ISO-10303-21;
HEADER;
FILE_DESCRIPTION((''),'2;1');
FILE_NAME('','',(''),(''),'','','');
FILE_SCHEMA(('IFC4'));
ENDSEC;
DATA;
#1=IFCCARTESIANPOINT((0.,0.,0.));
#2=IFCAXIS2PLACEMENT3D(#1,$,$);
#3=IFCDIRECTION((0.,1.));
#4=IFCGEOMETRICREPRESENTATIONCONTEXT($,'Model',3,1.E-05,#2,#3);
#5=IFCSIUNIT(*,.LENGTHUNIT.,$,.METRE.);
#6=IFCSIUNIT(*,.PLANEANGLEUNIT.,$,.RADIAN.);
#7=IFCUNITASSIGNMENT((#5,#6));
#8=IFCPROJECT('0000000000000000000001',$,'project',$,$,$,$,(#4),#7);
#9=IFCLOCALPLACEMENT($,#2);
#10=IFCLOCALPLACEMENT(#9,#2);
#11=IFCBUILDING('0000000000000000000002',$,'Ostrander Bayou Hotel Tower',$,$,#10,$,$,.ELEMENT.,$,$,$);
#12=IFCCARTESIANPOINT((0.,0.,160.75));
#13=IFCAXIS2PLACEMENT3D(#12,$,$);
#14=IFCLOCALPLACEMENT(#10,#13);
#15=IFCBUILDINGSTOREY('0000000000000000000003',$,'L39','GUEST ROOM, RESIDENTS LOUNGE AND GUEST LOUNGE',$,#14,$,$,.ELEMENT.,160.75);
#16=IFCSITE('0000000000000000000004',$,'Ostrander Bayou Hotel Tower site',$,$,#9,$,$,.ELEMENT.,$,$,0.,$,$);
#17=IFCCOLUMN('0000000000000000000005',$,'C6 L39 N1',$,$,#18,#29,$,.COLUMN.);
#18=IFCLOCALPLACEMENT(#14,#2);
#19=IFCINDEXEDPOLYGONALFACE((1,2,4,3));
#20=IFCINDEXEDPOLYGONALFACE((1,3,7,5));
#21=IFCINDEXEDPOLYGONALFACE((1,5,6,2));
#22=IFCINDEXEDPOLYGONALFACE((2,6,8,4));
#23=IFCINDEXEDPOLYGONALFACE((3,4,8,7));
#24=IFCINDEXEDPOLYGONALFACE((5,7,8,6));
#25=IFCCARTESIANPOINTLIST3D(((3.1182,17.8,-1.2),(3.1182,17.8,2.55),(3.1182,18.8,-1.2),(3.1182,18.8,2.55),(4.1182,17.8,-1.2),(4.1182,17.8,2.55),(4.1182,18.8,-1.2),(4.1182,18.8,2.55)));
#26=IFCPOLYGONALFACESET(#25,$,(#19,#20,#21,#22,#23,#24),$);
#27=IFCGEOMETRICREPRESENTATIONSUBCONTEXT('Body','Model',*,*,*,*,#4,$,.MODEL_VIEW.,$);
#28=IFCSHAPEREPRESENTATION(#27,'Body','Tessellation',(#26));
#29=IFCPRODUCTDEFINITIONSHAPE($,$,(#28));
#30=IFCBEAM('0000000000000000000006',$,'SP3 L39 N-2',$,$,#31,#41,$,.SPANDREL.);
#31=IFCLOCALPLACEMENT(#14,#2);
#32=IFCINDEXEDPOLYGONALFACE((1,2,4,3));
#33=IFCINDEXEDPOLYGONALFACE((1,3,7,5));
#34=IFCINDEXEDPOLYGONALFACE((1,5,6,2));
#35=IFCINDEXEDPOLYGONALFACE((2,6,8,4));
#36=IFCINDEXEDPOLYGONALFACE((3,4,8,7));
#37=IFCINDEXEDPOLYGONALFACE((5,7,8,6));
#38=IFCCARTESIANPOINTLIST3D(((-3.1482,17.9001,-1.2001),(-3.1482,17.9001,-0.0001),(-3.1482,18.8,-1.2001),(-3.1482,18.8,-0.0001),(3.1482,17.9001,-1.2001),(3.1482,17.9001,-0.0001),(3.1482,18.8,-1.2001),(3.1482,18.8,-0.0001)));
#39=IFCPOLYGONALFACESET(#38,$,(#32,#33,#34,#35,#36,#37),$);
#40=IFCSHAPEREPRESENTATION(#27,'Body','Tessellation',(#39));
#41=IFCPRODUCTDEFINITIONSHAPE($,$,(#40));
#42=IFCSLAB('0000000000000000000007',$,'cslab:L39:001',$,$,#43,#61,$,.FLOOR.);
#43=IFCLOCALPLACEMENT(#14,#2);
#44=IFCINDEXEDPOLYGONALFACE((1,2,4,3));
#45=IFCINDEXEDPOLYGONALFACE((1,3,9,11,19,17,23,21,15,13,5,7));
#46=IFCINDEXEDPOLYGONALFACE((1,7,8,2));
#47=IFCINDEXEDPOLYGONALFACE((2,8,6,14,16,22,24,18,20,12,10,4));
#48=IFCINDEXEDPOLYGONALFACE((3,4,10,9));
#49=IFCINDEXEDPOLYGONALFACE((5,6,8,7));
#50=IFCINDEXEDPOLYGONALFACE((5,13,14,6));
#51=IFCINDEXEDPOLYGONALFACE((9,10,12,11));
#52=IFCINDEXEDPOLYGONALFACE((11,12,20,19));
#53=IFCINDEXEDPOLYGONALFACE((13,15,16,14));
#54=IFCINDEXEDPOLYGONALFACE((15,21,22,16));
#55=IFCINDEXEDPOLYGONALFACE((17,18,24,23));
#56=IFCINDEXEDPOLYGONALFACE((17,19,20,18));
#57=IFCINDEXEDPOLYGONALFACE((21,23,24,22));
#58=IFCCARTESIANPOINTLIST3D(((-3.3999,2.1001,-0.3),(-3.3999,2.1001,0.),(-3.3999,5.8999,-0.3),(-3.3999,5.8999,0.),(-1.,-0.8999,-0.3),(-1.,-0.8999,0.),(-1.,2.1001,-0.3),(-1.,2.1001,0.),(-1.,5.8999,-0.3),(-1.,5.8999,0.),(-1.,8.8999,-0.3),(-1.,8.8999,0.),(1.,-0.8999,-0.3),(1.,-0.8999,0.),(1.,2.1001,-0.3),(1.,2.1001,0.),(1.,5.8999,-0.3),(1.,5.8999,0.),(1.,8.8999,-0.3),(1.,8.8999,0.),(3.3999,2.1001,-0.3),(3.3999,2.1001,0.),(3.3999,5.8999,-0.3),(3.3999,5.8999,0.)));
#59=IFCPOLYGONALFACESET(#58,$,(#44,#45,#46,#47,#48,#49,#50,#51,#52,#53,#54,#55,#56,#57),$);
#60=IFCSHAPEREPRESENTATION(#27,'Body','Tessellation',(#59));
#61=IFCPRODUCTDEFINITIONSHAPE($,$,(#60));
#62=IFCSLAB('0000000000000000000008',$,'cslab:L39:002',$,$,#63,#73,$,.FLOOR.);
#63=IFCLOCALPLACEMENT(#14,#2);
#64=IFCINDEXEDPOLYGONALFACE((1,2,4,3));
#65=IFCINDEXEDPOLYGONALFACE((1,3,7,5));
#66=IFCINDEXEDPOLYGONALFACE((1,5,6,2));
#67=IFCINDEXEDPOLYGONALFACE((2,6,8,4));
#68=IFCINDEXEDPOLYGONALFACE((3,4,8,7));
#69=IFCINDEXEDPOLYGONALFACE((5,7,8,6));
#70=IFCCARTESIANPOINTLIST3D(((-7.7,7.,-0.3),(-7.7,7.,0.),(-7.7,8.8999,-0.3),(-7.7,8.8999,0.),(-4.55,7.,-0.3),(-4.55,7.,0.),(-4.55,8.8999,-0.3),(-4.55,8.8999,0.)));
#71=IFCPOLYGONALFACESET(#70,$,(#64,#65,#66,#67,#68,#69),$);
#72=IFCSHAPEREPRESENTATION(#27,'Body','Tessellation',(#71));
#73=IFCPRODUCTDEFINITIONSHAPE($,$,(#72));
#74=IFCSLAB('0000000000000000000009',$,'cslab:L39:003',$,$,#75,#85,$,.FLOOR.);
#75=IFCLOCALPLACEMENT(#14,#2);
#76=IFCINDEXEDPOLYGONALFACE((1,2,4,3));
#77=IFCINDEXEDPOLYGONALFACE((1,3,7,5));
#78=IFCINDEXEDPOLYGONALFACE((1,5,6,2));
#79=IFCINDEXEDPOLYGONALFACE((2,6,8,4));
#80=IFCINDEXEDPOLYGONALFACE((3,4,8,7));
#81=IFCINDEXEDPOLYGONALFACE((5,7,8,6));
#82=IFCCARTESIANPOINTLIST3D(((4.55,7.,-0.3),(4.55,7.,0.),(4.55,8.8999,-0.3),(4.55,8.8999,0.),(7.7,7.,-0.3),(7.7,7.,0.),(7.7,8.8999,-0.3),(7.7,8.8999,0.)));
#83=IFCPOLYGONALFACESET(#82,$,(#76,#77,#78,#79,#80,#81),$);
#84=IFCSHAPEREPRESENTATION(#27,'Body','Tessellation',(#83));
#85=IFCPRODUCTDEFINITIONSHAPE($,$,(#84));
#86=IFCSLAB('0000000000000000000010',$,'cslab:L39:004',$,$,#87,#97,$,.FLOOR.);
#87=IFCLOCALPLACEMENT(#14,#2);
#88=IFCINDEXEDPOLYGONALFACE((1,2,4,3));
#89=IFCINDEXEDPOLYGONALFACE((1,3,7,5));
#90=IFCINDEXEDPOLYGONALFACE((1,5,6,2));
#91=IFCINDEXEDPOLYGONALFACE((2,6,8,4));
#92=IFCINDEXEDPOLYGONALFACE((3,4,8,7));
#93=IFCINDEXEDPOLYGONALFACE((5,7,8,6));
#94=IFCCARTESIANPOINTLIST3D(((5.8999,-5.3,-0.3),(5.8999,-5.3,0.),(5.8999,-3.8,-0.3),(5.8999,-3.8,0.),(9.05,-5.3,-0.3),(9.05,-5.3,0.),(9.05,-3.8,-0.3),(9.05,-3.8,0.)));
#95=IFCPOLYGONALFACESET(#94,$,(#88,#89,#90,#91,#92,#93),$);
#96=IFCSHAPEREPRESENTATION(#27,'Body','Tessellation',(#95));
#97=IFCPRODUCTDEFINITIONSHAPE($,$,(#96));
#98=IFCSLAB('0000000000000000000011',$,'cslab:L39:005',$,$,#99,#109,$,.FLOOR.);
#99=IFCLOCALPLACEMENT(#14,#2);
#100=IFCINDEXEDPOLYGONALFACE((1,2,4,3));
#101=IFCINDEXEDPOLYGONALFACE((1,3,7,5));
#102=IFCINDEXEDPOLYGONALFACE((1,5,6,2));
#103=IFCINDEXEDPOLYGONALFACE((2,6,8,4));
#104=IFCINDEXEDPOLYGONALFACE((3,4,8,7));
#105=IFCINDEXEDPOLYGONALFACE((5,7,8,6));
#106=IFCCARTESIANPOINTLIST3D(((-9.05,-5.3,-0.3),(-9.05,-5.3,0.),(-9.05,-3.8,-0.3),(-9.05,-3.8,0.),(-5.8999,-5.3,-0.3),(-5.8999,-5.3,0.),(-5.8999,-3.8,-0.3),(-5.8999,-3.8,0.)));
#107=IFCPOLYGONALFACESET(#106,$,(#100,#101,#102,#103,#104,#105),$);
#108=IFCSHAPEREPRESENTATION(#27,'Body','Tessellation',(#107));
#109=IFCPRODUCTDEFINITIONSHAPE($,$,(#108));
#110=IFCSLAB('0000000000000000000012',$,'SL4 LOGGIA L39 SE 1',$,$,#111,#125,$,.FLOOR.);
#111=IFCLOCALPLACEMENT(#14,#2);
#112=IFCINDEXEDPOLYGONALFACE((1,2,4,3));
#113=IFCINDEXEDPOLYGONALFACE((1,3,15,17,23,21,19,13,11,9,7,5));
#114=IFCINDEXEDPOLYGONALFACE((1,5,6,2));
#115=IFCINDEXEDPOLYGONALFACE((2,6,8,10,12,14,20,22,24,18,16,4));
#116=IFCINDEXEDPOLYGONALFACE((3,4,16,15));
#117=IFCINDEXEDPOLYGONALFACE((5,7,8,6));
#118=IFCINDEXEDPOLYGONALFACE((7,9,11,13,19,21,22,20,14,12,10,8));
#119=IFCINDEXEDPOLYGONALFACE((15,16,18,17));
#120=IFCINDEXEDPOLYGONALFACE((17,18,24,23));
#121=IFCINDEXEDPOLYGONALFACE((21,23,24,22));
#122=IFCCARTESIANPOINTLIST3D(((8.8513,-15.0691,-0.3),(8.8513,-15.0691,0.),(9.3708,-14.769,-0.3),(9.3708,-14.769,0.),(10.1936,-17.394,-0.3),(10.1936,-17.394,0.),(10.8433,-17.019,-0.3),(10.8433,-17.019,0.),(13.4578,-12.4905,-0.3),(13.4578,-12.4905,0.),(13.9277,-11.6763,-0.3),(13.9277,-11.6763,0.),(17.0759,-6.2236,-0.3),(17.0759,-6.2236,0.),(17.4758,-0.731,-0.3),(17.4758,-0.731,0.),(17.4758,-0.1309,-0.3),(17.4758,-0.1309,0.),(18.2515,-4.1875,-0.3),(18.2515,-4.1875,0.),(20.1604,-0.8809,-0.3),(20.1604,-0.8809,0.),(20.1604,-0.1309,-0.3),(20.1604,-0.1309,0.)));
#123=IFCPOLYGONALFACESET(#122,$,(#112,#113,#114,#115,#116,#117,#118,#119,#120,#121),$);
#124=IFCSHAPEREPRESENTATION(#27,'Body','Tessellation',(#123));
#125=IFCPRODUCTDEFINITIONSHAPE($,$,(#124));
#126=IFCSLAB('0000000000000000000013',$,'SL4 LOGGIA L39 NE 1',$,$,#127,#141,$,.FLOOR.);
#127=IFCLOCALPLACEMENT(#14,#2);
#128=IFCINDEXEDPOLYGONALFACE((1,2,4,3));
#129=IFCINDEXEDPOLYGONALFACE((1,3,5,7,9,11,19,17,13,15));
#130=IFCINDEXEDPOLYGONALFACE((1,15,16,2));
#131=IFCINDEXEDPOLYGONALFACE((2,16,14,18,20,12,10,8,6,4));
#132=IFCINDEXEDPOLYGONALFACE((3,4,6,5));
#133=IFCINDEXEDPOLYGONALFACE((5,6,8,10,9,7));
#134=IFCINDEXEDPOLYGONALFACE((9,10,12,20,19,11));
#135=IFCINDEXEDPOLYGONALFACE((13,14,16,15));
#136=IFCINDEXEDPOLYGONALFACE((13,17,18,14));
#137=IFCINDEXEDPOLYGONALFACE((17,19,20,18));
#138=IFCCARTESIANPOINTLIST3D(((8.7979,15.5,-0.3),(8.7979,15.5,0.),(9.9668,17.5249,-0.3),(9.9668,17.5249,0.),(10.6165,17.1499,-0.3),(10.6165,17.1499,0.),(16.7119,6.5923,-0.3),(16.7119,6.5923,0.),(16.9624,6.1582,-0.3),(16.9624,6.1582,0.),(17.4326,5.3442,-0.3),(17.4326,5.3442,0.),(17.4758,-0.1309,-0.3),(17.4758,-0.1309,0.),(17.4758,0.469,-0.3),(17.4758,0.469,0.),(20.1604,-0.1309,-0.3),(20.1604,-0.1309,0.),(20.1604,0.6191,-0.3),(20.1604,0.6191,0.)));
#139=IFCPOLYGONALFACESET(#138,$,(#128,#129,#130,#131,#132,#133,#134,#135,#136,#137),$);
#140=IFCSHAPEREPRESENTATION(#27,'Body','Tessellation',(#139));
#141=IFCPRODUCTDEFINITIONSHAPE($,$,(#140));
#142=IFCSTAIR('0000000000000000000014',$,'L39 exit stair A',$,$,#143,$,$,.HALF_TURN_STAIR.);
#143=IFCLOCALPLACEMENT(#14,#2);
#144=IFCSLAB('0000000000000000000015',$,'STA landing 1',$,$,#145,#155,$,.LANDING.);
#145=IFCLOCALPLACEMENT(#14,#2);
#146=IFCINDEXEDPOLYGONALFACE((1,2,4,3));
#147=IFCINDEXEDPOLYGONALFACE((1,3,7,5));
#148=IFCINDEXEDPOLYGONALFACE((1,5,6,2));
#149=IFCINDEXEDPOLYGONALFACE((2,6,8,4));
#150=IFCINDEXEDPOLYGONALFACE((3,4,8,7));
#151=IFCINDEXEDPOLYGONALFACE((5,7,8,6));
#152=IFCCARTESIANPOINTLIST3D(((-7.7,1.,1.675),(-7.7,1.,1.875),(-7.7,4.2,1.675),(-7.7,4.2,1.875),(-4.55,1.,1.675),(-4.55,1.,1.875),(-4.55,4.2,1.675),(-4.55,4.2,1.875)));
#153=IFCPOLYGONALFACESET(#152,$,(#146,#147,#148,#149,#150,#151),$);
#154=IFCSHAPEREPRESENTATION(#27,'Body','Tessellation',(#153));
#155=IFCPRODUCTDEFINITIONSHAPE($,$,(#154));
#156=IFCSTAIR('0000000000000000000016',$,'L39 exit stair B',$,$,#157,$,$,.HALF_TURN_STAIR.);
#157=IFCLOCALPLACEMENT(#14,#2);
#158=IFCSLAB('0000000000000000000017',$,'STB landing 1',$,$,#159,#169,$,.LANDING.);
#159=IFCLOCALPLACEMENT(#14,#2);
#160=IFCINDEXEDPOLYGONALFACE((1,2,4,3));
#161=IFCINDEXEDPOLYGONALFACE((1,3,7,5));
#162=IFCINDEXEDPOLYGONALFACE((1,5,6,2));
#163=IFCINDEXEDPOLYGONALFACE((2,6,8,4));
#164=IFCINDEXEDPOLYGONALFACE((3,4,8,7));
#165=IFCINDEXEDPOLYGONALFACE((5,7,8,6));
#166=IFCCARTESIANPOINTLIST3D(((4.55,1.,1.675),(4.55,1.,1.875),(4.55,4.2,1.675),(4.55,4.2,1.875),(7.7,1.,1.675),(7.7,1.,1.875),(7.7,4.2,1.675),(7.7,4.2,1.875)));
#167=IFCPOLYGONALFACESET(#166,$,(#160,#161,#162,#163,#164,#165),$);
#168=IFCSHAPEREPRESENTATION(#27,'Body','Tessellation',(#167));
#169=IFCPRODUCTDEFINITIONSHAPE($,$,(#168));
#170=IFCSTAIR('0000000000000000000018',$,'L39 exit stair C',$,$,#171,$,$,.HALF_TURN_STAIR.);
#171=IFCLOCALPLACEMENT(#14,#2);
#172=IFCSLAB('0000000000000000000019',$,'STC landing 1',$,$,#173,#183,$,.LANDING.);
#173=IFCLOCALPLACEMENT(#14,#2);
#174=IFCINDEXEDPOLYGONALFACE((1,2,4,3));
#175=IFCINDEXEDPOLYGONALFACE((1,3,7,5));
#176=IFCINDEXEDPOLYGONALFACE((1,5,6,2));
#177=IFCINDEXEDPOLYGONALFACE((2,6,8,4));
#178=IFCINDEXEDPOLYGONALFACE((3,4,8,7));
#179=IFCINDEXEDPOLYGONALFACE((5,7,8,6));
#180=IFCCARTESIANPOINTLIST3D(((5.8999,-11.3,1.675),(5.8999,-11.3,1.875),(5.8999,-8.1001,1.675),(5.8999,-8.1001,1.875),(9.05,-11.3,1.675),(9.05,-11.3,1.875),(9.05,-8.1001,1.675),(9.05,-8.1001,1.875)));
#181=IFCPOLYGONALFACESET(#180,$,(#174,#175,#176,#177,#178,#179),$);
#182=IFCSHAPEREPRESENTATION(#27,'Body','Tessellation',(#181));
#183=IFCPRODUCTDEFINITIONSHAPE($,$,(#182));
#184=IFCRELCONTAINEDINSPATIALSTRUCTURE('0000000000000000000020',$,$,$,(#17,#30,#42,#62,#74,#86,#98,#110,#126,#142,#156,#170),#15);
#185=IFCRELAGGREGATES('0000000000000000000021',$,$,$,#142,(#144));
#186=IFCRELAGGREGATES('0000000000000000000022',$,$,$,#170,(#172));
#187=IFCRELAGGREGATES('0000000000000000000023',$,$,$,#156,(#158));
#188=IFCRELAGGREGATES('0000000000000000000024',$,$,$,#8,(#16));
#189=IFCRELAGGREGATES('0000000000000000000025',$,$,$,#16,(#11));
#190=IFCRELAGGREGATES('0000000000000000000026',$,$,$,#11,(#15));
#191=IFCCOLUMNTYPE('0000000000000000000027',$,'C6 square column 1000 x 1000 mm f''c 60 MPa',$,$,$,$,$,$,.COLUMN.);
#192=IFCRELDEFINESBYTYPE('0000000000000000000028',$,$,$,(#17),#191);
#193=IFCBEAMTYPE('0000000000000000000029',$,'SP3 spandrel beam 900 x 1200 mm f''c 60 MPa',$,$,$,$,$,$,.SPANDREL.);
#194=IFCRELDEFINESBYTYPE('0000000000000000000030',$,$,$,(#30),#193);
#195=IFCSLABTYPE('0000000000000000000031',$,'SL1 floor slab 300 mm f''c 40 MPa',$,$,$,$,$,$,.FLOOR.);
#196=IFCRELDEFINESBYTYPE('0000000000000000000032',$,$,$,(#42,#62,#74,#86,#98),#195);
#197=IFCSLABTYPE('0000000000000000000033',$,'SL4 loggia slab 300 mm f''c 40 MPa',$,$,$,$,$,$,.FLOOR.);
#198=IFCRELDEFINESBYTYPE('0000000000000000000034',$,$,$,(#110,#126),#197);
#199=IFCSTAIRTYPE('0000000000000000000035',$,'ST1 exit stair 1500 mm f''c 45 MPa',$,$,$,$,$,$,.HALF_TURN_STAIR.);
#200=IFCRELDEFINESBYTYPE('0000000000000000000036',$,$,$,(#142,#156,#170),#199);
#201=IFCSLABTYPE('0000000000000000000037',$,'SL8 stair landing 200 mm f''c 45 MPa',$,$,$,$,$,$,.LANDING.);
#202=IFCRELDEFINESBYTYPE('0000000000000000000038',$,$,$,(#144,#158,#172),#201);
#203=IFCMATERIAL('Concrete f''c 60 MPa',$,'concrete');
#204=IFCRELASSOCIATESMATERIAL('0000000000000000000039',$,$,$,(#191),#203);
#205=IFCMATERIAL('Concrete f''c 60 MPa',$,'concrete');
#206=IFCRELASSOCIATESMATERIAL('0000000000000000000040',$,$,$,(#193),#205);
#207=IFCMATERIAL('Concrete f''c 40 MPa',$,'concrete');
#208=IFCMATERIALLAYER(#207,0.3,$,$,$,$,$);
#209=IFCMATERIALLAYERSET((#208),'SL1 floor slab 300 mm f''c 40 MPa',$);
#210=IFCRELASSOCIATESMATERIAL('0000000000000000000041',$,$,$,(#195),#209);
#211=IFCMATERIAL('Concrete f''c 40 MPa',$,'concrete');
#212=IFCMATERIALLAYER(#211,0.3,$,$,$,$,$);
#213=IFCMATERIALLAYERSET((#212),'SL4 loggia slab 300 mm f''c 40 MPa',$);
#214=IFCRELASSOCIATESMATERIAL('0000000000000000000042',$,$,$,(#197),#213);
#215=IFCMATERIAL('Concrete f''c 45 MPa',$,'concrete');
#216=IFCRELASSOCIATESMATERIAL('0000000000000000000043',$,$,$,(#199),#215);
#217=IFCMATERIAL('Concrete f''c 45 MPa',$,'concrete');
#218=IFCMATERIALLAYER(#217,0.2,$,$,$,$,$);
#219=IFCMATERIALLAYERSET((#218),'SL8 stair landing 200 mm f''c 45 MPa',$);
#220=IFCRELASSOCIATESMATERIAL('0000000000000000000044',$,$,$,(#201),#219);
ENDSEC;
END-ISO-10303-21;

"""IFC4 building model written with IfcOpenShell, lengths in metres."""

from ifc_helpers import new_model, si_unit, direction, frame, origin, origin_2d, place, context, subcontext, project, spatial, polyline, rectangle, outline, extrude, material, layer, layer_set, material_profile, profile_set, type_object, element, aggregate, save


model = new_model("IFC4")

# Units and contexts
model_context = context("Model", 3, precision=1e-05, world=origin(), true_north=direction((0.0, 1.0)))
body_context = subcontext(model_context, "Body", "Model", "MODEL_VIEW")
ifc_project = project(units=[si_unit("LENGTHUNIT", "METRE"), si_unit("PLANEANGLEUNIT", "RADIAN")], contexts=[model_context])

# Site, building, storey
site_placement = place(None, origin())
site = spatial("IfcSite", under=ifc_project, at=site_placement, Name="Ostrander Bayou Hotel Tower site", CompositionType="ELEMENT", RefElevation=0.0)
building_placement = place(site_placement, origin())
building = spatial("IfcBuilding", under=site, at=building_placement, Name="Ostrander Bayou Hotel Tower", CompositionType="ELEMENT")
storey_placement = place(building_placement, frame((0.0, 0.0, 160.75)))
storey = spatial("IfcBuildingStorey", under=building, at=storey_placement, Name="L39", Description="GUEST ROOM, RESIDENTS LOUNGE AND GUEST LOUNGE", CompositionType="ELEMENT", Elevation=160.75)

# Column
ifc_material_1 = material(Name="Concrete f'c 60 MPa", Category="concrete")
ifc_material_profile_1 = material_profile(ifc_material_1, rectangle(XDim=1.0, YDim=1.0, at=origin_2d()))
ifc_profile_set_1 = profile_set([ifc_material_profile_1], Name="Concrete f'c 60 MPa")
column_type = type_object("IfcColumnType", Name="C6 square column 1000 x 1000 mm f'c 60 MPa", PredefinedType="COLUMN", material=ifc_profile_set_1)
column_placement = place(storey_placement, frame((3.6182, 18.3, -1.2), z_axis=(0.0, 0.0, 1.0), x_axis=(1.0, 0.0, 0.0)))
element("IfcColumn", 1, at=column_placement, inside=storey, type_object=column_type, Name="C6 L39 N1", PredefinedType="COLUMN", context=body_context, shape_type="SweptSolid", body=[
    extrude(rectangle(XDim=1.0, YDim=1.0, at=origin_2d()), origin(), (0.0, 0.0, 1.0), 3.75),
])

# Beam
ifc_material_2 = material(Name="Concrete f'c 60 MPa", Category="concrete")
ifc_material_profile_2 = material_profile(ifc_material_2, rectangle(XDim=0.8999, YDim=1.2, at=origin_2d()))
ifc_profile_set_2 = profile_set([ifc_material_profile_2], Name="Concrete f'c 60 MPa")
beam_type = type_object("IfcBeamType", Name="SP3 spandrel beam 900 x 1200 mm f'c 60 MPa", PredefinedType="SPANDREL", material=ifc_profile_set_2)
beam_placement = place(storey_placement, frame((3.1482, 18.3501, -0.6001), z_axis=(-1.0, 0.0, 0.0), x_axis=(0.0, -1.0, 0.0)))
element("IfcBeam", 2, at=beam_placement, inside=storey, type_object=beam_type, Name="SP3 L39 N-2", PredefinedType="SPANDREL", context=body_context, shape_type="SweptSolid", body=[
    extrude(rectangle(XDim=0.8999, YDim=1.2, at=origin_2d()), origin(), (0.0, 0.0, 1.0), 6.2964),
])

# Slabs
ifc_material_3 = material(Name="Concrete f'c 40 MPa", Category="concrete")
ifc_layer_1 = layer(ifc_material_3, 0.3)
ifc_layer_set_1 = layer_set([ifc_layer_1], Name="SL1 floor slab 300 mm f'c 40 MPa")
slab_type_1 = type_object("IfcSlabType", Name="SL1 floor slab 300 mm f'c 40 MPa", PredefinedType="FLOOR", material=ifc_layer_set_1)
slab_1_placement = place(storey_placement, frame((0.0, 0.0, -0.3)))
element("IfcSlab", 3, at=slab_1_placement, inside=storey, type_object=slab_type_1, Name="cslab:L39:001", PredefinedType="FLOOR", context=body_context, shape_type="SweptSolid", body=[
    extrude(outline(polyline([(-3.3999, 5.8999), (-1.0, 5.8999), (-1.0, 8.8999), (1.0, 8.8999), (1.0, 5.8999), (3.3999, 5.8999), (3.3999, 2.1001), (1.0, 2.1001), (1.0, -0.8999), (-1.0, -0.8999), (-1.0, 2.1001), (-3.3999, 2.1001), (-3.3999, 5.8999)])), origin(), (0.0, 0.0, 1.0), 0.3),
])
slab_2_placement = place(storey_placement, frame((0.0, 0.0, -0.3)))
element("IfcSlab", 4, at=slab_2_placement, inside=storey, type_object=slab_type_1, Name="cslab:L39:002", PredefinedType="FLOOR", context=body_context, shape_type="SweptSolid", body=[
    extrude(outline(polyline([(-4.55, 7.0), (-4.55, 8.8999), (-7.7, 8.8999), (-7.7, 7.0), (-4.55, 7.0)])), origin(), (0.0, 0.0, 1.0), 0.3),
])
slab_3_placement = place(storey_placement, frame((0.0, 0.0, -0.3)))
element("IfcSlab", 5, at=slab_3_placement, inside=storey, type_object=slab_type_1, Name="cslab:L39:003", PredefinedType="FLOOR", context=body_context, shape_type="SweptSolid", body=[
    extrude(outline(polyline([(7.7, 7.0), (7.7, 8.8999), (4.55, 8.8999), (4.55, 7.0), (7.7, 7.0)])), origin(), (0.0, 0.0, 1.0), 0.3),
])
slab_4_placement = place(storey_placement, frame((0.0, 0.0, -0.3)))
element("IfcSlab", 6, at=slab_4_placement, inside=storey, type_object=slab_type_1, Name="cslab:L39:004", PredefinedType="FLOOR", context=body_context, shape_type="SweptSolid", body=[
    extrude(outline(polyline([(9.05, -5.3), (9.05, -3.8), (5.8999, -3.8), (5.8999, -5.3), (9.05, -5.3)])), origin(), (0.0, 0.0, 1.0), 0.3),
])
slab_5_placement = place(storey_placement, frame((0.0, 0.0, -0.3)))
element("IfcSlab", 7, at=slab_5_placement, inside=storey, type_object=slab_type_1, Name="cslab:L39:005", PredefinedType="FLOOR", context=body_context, shape_type="SweptSolid", body=[
    extrude(outline(polyline([(-5.8999, -5.3), (-5.8999, -3.8), (-9.05, -3.8), (-9.05, -5.3), (-5.8999, -5.3)])), origin(), (0.0, 0.0, 1.0), 0.3),
])
ifc_material_4 = material(Name="Concrete f'c 40 MPa", Category="concrete")
ifc_layer_2 = layer(ifc_material_4, 0.3)
ifc_layer_set_2 = layer_set([ifc_layer_2], Name="SL4 loggia slab 300 mm f'c 40 MPa")
slab_type_2 = type_object("IfcSlabType", Name="SL4 loggia slab 300 mm f'c 40 MPa", PredefinedType="FLOOR", material=ifc_layer_set_2)
slab_6_placement = place(storey_placement, frame((0.0, 0.0, -0.3)))
element("IfcSlab", 8, at=slab_6_placement, inside=storey, type_object=slab_type_2, Name="SL4 LOGGIA L39 SE 1", PredefinedType="FLOOR", context=body_context, shape_type="SweptSolid", body=[
    extrude(outline(polyline([(17.4758, -0.1309), (20.1604, -0.1309), (20.1604, -0.8809), (18.2515, -4.1875), (17.0759, -6.2236), (13.9277, -11.6763), (13.4578, -12.4905), (10.8433, -17.019), (10.1936, -17.394), (8.8513, -15.0691), (9.3708, -14.769), (17.4758, -0.731), (17.4758, -0.1309)])), origin(), (0.0, 0.0, 1.0), 0.3),
])
slab_7_placement = place(storey_placement, frame((0.0, 0.0, -0.3)))
element("IfcSlab", 9, at=slab_7_placement, inside=storey, type_object=slab_type_2, Name="SL4 LOGGIA L39 NE 1", PredefinedType="FLOOR", context=body_context, shape_type="SweptSolid", body=[
    extrude(outline(polyline([(9.9668, 17.5249), (10.6165, 17.1499), (16.7119, 6.5923), (16.9624, 6.1582), (17.4326, 5.3442), (20.1604, 0.6191), (20.1604, -0.1309), (17.4758, -0.1309), (17.4758, 0.469), (8.7979, 15.5), (9.9668, 17.5249)])), origin(), (0.0, 0.0, 1.0), 0.3),
])

# Stairs, slabs
ifc_material_5 = material(Name="Concrete f'c 45 MPa", Category="concrete")
stair_type = type_object("IfcStairType", Name="ST1 exit stair 1500 mm f'c 45 MPa", PredefinedType="HALF_TURN_STAIR", material=ifc_material_5)
stair_1_placement = place(storey_placement, origin())
stair_1 = element("IfcStair", 10, at=stair_1_placement, inside=storey, type_object=stair_type, Name="L39 exit stair A", PredefinedType="HALF_TURN_STAIR")
ifc_material_6 = material(Name="Concrete f'c 45 MPa", Category="concrete")
ifc_layer_3 = layer(ifc_material_6, 0.2)
ifc_layer_set_3 = layer_set([ifc_layer_3], Name="SL8 stair landing 200 mm f'c 45 MPa")
slab_type_3 = type_object("IfcSlabType", Name="SL8 stair landing 200 mm f'c 45 MPa", PredefinedType="LANDING", material=ifc_layer_set_3)
slab_8_placement = place(storey_placement, frame((0.0, 0.0, 1.675)))
slab_8 = element("IfcSlab", 11, at=slab_8_placement, type_object=slab_type_3, Name="STA landing 1", PredefinedType="LANDING", context=body_context, shape_type="SweptSolid", body=[
    extrude(outline(polyline([(-7.7, 4.2), (-7.7, 1.0), (-4.55, 1.0), (-4.55, 4.2), (-7.7, 4.2)])), origin(), (0.0, 0.0, 1.0), 0.2),
])
aggregate(stair_1, [slab_8])
stair_2_placement = place(storey_placement, origin())
stair_2 = element("IfcStair", 12, at=stair_2_placement, inside=storey, type_object=stair_type, Name="L39 exit stair B", PredefinedType="HALF_TURN_STAIR")
slab_9_placement = place(storey_placement, frame((0.0, 0.0, 1.675)))
slab_9 = element("IfcSlab", 13, at=slab_9_placement, type_object=slab_type_3, Name="STB landing 1", PredefinedType="LANDING", context=body_context, shape_type="SweptSolid", body=[
    extrude(outline(polyline([(4.55, 4.2), (4.55, 1.0), (7.7, 1.0), (7.7, 4.2), (4.55, 4.2)])), origin(), (0.0, 0.0, 1.0), 0.2),
])
stair_3_placement = place(storey_placement, origin())
stair_3 = element("IfcStair", 14, at=stair_3_placement, inside=storey, type_object=stair_type, Name="L39 exit stair C", PredefinedType="HALF_TURN_STAIR")
slab_10_placement = place(storey_placement, frame((0.0, 0.0, 1.675)))
slab_10 = element("IfcSlab", 15, at=slab_10_placement, type_object=slab_type_3, Name="STC landing 1", PredefinedType="LANDING", context=body_context, shape_type="SweptSolid", body=[
    extrude(outline(polyline([(5.8999, -8.1001), (5.8999, -11.3), (9.05, -11.3), (9.05, -8.1001), (5.8999, -8.1001)])), origin(), (0.0, 0.0, 1.0), 0.2),
])
aggregate(stair_3, [slab_10])

aggregate(stair_2, [slab_9])

save(model, "model.ifc")
